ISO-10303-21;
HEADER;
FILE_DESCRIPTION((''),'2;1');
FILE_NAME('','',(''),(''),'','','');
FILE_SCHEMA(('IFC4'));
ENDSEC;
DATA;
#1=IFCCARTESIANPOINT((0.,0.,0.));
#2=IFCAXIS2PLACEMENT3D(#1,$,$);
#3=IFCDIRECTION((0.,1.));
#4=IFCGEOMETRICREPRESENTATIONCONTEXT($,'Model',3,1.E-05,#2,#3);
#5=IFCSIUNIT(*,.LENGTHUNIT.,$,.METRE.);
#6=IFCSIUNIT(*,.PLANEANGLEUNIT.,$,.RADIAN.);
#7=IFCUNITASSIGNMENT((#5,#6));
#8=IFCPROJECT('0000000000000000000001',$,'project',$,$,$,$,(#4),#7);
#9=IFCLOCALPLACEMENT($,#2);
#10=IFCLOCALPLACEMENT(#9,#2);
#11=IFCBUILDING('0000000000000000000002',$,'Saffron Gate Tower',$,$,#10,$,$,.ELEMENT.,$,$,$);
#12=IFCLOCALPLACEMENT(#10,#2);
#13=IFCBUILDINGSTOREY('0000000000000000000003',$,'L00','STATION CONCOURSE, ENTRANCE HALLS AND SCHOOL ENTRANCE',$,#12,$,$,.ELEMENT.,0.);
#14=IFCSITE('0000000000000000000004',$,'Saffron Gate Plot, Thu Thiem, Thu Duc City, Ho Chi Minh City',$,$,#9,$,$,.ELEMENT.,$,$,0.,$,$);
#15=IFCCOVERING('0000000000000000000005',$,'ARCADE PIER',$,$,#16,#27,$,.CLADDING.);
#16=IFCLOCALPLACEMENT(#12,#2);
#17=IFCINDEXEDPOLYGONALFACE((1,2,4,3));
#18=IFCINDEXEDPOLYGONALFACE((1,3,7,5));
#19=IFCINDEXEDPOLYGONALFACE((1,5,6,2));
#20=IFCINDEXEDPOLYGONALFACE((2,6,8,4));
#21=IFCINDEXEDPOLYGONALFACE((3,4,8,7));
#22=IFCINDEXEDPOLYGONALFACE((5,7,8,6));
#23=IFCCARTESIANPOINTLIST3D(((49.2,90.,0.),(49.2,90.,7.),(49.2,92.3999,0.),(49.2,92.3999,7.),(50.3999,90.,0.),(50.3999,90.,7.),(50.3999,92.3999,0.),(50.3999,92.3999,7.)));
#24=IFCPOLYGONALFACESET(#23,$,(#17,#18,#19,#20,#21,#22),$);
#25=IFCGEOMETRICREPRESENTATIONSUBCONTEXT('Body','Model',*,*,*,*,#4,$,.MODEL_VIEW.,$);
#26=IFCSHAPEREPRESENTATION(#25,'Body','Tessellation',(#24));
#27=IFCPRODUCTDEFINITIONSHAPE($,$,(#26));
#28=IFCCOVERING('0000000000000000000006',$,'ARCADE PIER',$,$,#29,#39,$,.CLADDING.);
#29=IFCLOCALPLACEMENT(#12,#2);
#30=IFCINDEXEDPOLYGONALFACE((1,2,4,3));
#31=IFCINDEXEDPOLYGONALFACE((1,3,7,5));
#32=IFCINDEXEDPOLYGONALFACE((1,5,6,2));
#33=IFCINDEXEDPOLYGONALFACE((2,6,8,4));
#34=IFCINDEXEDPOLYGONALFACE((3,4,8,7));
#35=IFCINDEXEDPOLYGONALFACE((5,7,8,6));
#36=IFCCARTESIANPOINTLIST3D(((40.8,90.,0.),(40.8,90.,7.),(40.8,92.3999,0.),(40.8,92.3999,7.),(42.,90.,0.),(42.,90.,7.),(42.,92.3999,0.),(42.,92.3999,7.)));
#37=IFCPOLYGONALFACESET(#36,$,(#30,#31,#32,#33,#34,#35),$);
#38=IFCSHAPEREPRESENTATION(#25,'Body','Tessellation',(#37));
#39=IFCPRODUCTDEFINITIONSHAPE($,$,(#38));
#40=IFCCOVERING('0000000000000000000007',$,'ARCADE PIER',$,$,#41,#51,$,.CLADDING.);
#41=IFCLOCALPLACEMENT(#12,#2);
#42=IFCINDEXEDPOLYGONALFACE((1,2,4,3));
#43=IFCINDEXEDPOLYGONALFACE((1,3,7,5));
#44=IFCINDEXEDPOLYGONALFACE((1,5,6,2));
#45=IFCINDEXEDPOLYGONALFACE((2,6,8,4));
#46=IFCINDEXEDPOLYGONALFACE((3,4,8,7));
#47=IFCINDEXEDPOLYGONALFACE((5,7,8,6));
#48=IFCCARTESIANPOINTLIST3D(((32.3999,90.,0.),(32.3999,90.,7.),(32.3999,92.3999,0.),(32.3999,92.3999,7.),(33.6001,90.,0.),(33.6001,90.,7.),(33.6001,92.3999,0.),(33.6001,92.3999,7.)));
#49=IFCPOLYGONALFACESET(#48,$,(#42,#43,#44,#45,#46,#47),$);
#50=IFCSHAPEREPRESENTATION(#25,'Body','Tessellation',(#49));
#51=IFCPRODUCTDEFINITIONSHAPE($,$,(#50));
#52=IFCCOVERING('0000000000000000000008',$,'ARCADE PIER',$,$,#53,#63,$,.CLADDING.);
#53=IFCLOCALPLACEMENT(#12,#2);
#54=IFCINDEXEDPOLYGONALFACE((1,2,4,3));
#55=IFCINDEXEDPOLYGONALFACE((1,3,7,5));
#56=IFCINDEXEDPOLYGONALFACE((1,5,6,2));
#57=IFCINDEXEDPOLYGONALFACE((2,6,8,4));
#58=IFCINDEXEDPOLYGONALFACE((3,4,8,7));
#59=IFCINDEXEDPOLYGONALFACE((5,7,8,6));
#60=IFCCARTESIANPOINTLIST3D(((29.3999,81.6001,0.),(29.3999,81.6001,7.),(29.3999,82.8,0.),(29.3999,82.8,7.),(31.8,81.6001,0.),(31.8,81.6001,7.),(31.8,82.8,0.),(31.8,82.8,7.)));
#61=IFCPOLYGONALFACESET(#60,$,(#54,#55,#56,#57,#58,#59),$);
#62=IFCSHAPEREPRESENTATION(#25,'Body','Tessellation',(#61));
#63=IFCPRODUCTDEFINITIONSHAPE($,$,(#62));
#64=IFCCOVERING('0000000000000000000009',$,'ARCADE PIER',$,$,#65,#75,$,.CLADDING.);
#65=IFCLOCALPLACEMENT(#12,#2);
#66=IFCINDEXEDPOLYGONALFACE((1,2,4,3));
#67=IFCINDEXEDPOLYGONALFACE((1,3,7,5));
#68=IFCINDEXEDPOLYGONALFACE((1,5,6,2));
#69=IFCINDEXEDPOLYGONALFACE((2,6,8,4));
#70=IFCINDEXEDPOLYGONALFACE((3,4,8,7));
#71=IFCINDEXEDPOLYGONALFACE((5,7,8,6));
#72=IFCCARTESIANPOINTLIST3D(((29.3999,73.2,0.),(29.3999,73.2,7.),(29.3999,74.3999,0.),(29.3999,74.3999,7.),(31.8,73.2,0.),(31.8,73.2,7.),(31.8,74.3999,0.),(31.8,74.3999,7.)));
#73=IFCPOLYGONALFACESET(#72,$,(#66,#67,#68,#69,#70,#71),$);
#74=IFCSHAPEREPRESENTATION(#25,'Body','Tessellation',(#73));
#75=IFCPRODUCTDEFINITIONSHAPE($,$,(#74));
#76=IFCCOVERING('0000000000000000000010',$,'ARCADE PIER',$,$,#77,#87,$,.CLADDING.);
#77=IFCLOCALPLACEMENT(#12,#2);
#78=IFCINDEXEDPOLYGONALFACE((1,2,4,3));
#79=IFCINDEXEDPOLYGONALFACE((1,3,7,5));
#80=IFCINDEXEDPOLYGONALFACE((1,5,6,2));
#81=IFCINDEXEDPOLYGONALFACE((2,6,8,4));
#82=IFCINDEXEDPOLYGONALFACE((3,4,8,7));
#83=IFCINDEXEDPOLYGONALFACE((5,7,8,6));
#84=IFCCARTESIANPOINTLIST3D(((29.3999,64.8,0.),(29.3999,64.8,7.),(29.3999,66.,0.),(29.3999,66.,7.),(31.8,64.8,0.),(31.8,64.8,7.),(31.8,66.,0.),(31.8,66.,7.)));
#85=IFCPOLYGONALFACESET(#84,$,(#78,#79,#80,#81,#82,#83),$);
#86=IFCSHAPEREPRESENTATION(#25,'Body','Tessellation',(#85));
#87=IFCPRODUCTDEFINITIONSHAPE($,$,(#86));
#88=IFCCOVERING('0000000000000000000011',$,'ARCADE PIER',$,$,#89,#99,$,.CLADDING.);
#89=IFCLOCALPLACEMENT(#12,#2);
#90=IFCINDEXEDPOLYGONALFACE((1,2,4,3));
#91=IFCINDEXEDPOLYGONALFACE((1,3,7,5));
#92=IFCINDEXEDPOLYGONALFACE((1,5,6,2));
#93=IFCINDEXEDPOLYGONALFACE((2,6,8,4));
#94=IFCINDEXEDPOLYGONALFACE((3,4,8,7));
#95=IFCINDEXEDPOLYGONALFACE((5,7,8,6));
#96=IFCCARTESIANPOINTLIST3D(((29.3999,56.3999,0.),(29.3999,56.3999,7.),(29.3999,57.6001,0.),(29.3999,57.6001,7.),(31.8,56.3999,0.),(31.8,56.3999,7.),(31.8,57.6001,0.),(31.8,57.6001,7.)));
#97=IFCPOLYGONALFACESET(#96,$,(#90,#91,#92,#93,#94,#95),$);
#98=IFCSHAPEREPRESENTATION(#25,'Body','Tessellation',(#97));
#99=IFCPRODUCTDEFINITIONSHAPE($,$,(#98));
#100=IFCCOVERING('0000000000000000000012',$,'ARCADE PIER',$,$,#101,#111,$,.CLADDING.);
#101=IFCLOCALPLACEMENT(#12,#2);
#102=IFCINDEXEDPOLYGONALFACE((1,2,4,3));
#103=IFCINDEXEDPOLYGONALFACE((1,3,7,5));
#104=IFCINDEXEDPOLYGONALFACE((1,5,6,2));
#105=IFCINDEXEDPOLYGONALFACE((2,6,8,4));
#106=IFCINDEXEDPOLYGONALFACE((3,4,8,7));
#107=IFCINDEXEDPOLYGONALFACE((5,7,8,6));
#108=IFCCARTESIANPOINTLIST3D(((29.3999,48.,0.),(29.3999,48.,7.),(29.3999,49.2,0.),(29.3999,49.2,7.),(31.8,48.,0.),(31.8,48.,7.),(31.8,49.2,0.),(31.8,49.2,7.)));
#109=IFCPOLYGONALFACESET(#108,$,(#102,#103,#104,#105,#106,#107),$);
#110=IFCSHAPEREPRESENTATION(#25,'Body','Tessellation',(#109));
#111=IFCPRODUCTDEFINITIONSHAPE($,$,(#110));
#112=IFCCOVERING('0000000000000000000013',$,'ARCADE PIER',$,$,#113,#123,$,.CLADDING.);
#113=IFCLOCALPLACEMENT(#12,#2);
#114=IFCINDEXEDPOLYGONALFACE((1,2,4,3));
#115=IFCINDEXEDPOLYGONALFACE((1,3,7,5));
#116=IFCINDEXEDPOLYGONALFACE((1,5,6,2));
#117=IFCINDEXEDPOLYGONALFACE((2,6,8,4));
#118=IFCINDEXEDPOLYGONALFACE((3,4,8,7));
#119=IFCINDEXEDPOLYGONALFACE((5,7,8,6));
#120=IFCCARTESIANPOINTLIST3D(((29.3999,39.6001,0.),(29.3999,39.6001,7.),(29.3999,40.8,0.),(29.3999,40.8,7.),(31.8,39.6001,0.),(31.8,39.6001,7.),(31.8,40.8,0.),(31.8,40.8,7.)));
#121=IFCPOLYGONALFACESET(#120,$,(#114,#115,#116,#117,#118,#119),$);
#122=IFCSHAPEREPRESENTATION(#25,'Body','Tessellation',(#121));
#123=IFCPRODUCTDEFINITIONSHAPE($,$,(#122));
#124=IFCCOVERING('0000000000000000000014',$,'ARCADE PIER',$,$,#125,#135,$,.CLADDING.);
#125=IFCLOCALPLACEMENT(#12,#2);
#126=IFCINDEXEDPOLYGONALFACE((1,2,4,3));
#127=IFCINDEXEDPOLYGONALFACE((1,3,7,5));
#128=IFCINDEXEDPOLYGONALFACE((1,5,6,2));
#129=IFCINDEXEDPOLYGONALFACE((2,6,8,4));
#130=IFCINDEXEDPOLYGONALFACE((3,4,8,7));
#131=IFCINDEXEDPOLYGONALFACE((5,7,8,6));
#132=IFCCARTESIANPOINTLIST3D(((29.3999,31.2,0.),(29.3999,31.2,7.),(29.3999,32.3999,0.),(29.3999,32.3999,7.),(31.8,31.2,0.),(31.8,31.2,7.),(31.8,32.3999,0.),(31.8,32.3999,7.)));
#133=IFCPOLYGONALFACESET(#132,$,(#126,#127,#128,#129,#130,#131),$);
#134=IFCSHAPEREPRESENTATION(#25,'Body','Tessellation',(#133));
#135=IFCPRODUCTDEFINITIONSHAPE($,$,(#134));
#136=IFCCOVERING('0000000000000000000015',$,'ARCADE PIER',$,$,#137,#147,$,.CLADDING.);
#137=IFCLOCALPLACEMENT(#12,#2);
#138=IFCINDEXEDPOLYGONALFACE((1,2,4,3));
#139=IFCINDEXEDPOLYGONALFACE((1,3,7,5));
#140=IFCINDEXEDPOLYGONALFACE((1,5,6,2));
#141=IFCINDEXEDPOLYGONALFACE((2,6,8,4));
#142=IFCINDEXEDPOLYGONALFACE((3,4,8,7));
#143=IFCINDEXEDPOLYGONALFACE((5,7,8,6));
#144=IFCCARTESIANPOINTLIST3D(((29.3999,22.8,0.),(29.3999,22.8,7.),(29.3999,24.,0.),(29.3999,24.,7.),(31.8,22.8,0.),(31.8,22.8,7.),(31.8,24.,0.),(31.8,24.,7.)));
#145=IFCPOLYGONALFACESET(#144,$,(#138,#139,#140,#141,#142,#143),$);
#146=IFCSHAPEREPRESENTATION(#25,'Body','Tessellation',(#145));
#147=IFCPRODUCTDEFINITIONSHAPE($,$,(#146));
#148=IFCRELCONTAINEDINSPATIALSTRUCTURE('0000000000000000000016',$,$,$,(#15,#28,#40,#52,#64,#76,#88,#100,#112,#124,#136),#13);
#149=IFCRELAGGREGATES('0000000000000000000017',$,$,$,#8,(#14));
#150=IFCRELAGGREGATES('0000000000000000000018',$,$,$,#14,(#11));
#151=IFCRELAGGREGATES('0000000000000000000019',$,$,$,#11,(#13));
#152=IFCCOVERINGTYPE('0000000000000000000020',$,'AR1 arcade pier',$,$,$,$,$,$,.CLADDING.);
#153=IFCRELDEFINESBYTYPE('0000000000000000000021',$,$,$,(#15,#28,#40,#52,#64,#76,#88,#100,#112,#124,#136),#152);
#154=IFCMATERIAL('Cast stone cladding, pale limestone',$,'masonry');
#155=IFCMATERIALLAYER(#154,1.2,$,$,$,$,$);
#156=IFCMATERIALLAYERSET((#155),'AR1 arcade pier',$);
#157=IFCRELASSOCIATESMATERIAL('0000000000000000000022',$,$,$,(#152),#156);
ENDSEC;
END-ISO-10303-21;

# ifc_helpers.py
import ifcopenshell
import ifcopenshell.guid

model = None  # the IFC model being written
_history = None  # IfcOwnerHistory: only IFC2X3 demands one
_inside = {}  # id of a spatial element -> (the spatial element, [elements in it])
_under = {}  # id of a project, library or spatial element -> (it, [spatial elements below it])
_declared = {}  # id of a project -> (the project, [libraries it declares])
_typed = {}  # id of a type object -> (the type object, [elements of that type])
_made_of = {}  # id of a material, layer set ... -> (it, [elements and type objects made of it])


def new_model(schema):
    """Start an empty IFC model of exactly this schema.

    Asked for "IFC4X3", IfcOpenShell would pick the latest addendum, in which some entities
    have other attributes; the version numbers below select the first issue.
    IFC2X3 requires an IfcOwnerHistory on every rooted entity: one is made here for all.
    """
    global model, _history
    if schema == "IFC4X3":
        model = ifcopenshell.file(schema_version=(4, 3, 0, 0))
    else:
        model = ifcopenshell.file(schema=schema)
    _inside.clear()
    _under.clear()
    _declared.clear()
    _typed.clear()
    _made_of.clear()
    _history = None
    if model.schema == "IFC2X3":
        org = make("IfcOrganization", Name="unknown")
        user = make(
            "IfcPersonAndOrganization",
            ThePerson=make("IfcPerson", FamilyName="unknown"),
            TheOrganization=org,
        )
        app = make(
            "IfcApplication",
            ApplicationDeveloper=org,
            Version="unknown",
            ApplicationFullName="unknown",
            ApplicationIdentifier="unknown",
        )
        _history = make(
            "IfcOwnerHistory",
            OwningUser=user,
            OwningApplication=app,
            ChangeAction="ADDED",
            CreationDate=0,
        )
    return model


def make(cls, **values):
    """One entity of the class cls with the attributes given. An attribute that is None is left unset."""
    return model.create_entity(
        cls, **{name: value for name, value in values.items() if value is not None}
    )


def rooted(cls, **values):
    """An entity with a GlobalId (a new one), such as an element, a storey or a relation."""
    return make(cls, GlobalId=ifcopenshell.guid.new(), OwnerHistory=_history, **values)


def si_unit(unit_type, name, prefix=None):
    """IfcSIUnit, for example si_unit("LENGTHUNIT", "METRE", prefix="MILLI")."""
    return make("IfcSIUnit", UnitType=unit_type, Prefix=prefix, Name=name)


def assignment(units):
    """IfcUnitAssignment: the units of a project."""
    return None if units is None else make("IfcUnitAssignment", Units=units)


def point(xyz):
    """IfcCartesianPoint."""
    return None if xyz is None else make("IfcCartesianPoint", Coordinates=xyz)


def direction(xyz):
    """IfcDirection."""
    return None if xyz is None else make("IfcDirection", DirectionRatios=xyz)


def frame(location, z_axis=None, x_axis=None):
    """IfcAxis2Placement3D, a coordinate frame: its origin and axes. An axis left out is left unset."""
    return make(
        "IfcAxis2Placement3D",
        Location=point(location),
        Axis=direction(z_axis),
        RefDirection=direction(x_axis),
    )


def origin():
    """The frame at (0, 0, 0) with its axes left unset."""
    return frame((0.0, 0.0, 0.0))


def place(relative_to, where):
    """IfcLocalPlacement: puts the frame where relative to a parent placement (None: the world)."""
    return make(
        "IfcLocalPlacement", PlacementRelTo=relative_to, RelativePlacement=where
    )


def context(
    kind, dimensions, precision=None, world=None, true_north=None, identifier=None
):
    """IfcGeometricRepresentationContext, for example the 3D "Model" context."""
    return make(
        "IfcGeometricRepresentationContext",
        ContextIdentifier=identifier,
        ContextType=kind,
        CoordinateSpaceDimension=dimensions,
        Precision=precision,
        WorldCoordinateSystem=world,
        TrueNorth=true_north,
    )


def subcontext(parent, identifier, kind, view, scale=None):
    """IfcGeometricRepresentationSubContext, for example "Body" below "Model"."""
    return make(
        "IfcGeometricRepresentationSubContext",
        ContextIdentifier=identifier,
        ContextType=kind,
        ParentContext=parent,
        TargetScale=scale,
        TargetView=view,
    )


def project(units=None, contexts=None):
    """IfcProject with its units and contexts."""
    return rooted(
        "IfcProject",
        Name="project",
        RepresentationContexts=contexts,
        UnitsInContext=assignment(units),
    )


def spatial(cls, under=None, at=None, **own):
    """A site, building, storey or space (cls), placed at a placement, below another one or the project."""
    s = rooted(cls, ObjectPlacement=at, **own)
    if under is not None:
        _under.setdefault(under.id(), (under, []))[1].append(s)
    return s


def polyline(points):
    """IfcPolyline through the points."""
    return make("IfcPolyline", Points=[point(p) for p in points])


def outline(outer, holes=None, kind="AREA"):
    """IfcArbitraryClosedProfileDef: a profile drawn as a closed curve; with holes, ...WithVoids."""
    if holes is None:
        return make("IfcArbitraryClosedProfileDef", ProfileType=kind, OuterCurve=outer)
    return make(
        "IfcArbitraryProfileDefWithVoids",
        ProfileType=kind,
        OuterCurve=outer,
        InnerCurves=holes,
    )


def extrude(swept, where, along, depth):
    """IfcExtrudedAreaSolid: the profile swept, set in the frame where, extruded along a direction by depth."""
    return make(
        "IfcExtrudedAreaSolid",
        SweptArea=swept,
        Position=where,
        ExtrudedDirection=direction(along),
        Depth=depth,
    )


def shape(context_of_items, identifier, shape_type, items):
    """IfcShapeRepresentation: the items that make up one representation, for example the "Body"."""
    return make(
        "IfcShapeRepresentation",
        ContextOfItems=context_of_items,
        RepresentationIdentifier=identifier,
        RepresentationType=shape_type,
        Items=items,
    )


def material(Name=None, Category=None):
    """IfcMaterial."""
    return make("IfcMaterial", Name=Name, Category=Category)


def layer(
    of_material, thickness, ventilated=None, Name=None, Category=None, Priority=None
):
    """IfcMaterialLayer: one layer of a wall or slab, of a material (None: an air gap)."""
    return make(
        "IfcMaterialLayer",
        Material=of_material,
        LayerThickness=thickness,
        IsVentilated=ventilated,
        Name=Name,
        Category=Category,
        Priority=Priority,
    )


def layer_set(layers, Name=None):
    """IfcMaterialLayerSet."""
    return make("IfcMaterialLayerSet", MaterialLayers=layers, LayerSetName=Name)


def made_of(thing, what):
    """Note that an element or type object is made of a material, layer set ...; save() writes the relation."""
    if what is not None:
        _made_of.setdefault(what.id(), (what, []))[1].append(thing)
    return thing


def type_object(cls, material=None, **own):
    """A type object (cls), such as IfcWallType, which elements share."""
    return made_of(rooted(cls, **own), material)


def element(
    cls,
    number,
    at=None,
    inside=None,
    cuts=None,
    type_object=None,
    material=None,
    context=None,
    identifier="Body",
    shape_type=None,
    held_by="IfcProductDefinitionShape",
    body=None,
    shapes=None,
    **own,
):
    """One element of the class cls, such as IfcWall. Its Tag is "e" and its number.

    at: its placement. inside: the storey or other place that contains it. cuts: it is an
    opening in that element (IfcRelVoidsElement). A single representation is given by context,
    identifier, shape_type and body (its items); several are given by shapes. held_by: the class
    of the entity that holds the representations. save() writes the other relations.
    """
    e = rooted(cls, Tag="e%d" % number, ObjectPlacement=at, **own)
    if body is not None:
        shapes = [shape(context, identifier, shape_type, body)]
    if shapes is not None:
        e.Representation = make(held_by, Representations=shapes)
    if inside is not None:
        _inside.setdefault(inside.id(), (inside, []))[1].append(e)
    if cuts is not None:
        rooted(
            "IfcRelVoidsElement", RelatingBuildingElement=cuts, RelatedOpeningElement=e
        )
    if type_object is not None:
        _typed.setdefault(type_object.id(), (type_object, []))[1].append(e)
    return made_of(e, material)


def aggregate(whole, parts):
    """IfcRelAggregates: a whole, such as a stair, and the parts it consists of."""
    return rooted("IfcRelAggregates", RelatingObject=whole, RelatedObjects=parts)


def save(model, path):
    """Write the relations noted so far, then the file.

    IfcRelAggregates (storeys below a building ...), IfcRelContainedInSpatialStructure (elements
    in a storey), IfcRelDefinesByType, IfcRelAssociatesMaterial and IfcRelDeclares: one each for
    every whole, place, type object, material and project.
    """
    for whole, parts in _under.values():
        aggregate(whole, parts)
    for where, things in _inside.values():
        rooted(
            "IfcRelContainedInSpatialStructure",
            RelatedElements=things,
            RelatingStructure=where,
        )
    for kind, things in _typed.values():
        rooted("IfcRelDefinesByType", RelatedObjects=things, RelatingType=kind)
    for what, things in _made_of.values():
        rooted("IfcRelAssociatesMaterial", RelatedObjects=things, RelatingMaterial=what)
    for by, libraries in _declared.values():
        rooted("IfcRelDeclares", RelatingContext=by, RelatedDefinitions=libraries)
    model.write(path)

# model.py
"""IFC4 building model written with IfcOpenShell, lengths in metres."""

from ifc_helpers import new_model, si_unit, direction, origin, place, context, subcontext, project, spatial, polyline, outline, extrude, material, layer, layer_set, type_object, element, save


model = new_model("IFC4")

# Units and contexts
model_context = context("Model", 3, precision=1e-05, world=origin(), true_north=direction((0.0, 1.0)))
body_context = subcontext(model_context, "Body", "Model", "MODEL_VIEW")
ifc_project = project(units=[si_unit("LENGTHUNIT", "METRE"), si_unit("PLANEANGLEUNIT", "RADIAN")], contexts=[model_context])

# Site, building, storey
site_placement = place(None, origin())
site = spatial("IfcSite", under=ifc_project, at=site_placement, Name="Saffron Gate Plot, Thu Thiem, Thu Duc City, Ho Chi Minh City", CompositionType="ELEMENT", RefElevation=0.0)
building_placement = place(site_placement, origin())
building = spatial("IfcBuilding", under=site, at=building_placement, Name="Saffron Gate Tower", CompositionType="ELEMENT")
storey_placement = place(building_placement, origin())
storey = spatial("IfcBuildingStorey", under=building, at=storey_placement, Name="L00", Description="STATION CONCOURSE, ENTRANCE HALLS AND SCHOOL ENTRANCE", CompositionType="ELEMENT", Elevation=0.0)

# Coverings
ifc_material_1 = material(Name="Cast stone cladding, pale limestone", Category="masonry")
ifc_layer_1 = layer(ifc_material_1, 1.2)
ifc_layer_set_1 = layer_set([ifc_layer_1], Name="AR1 arcade pier")
covering_type = type_object("IfcCoveringType", Name="AR1 arcade pier", PredefinedType="CLADDING", material=ifc_layer_set_1)
covering_1_placement = place(storey_placement, origin())
element("IfcCovering", 1, at=covering_1_placement, inside=storey, type_object=covering_type, Name="ARCADE PIER", PredefinedType="CLADDING", context=body_context, shape_type="SweptSolid", body=[
    extrude(outline(polyline([(50.3999, 90.0), (49.2, 90.0), (49.2, 92.3999), (50.3999, 92.3999), (50.3999, 90.0)])), origin(), (0.0, 0.0, 1.0), 7.0),
])
covering_2_placement = place(storey_placement, origin())
element("IfcCovering", 2, at=covering_2_placement, inside=storey, type_object=covering_type, Name="ARCADE PIER", PredefinedType="CLADDING", context=body_context, shape_type="SweptSolid", body=[
    extrude(outline(polyline([(42.0, 90.0), (40.8, 90.0), (40.8, 92.3999), (42.0, 92.3999), (42.0, 90.0)])), origin(), (0.0, 0.0, 1.0), 7.0),
])
covering_3_placement = place(storey_placement, origin())
element("IfcCovering", 3, at=covering_3_placement, inside=storey, type_object=covering_type, Name="ARCADE PIER", PredefinedType="CLADDING", context=body_context, shape_type="SweptSolid", body=[
    extrude(outline(polyline([(33.6001, 90.0), (32.3999, 90.0), (32.3999, 92.3999), (33.6001, 92.3999), (33.6001, 90.0)])), origin(), (0.0, 0.0, 1.0), 7.0),
])
covering_4_placement = place(storey_placement, origin())
element("IfcCovering", 4, at=covering_4_placement, inside=storey, type_object=covering_type, Name="ARCADE PIER", PredefinedType="CLADDING", context=body_context, shape_type="SweptSolid", body=[
    extrude(outline(polyline([(31.8, 82.8), (31.8, 81.6001), (29.3999, 81.6001), (29.3999, 82.8), (31.8, 82.8)])), origin(), (0.0, 0.0, 1.0), 7.0),
])
covering_5_placement = place(storey_placement, origin())
element("IfcCovering", 5, at=covering_5_placement, inside=storey, type_object=covering_type, Name="ARCADE PIER", PredefinedType="CLADDING", context=body_context, shape_type="SweptSolid", body=[
    extrude(outline(polyline([(31.8, 74.3999), (31.8, 73.2), (29.3999, 73.2), (29.3999, 74.3999), (31.8, 74.3999)])), origin(), (0.0, 0.0, 1.0), 7.0),
])
covering_6_placement = place(storey_placement, origin())
element("IfcCovering", 6, at=covering_6_placement, inside=storey, type_object=covering_type, Name="ARCADE PIER", PredefinedType="CLADDING", context=body_context, shape_type="SweptSolid", body=[
    extrude(outline(polyline([(31.8, 66.0), (31.8, 64.8), (29.3999, 64.8), (29.3999, 66.0), (31.8, 66.0)])), origin(), (0.0, 0.0, 1.0), 7.0),
])
covering_7_placement = place(storey_placement, origin())
element("IfcCovering", 7, at=covering_7_placement, inside=storey, type_object=covering_type, Name="ARCADE PIER", PredefinedType="CLADDING", context=body_context, shape_type="SweptSolid", body=[
    extrude(outline(polyline([(31.8, 57.6001), (31.8, 56.3999), (29.3999, 56.3999), (29.3999, 57.6001), (31.8, 57.6001)])), origin(), (0.0, 0.0, 1.0), 7.0),
])
covering_8_placement = place(storey_placement, origin())
element("IfcCovering", 8, at=covering_8_placement, inside=storey, type_object=covering_type, Name="ARCADE PIER", PredefinedType="CLADDING", context=body_context, shape_type="SweptSolid", body=[
    extrude(outline(polyline([(31.8, 49.2), (31.8, 48.0), (29.3999, 48.0), (29.3999, 49.2), (31.8, 49.2)])), origin(), (0.0, 0.0, 1.0), 7.0),
])
covering_9_placement = place(storey_placement, origin())
element("IfcCovering", 9, at=covering_9_placement, inside=storey, type_object=covering_type, Name="ARCADE PIER", PredefinedType="CLADDING", context=body_context, shape_type="SweptSolid", body=[
    extrude(outline(polyline([(31.8, 40.8), (31.8, 39.6001), (29.3999, 39.6001), (29.3999, 40.8), (31.8, 40.8)])), origin(), (0.0, 0.0, 1.0), 7.0),
])
covering_10_placement = place(storey_placement, origin())
element("IfcCovering", 10, at=covering_10_placement, inside=storey, type_object=covering_type, Name="ARCADE PIER", PredefinedType="CLADDING", context=body_context, shape_type="SweptSolid", body=[
    extrude(outline(polyline([(31.8, 32.3999), (31.8, 31.2), (29.3999, 31.2), (29.3999, 32.3999), (31.8, 32.3999)])), origin(), (0.0, 0.0, 1.0), 7.0),
])
covering_11_placement = place(storey_placement, origin())
element("IfcCovering", 11, at=covering_11_placement, inside=storey, type_object=covering_type, Name="ARCADE PIER", PredefinedType="CLADDING", context=body_context, shape_type="SweptSolid", body=[
    extrude(outline(polyline([(31.8, 24.0), (31.8, 22.8), (29.3999, 22.8), (29.3999, 24.0), (31.8, 24.0)])), origin(), (0.0, 0.0, 1.0), 7.0),
])

save(model, "model.ifc")
